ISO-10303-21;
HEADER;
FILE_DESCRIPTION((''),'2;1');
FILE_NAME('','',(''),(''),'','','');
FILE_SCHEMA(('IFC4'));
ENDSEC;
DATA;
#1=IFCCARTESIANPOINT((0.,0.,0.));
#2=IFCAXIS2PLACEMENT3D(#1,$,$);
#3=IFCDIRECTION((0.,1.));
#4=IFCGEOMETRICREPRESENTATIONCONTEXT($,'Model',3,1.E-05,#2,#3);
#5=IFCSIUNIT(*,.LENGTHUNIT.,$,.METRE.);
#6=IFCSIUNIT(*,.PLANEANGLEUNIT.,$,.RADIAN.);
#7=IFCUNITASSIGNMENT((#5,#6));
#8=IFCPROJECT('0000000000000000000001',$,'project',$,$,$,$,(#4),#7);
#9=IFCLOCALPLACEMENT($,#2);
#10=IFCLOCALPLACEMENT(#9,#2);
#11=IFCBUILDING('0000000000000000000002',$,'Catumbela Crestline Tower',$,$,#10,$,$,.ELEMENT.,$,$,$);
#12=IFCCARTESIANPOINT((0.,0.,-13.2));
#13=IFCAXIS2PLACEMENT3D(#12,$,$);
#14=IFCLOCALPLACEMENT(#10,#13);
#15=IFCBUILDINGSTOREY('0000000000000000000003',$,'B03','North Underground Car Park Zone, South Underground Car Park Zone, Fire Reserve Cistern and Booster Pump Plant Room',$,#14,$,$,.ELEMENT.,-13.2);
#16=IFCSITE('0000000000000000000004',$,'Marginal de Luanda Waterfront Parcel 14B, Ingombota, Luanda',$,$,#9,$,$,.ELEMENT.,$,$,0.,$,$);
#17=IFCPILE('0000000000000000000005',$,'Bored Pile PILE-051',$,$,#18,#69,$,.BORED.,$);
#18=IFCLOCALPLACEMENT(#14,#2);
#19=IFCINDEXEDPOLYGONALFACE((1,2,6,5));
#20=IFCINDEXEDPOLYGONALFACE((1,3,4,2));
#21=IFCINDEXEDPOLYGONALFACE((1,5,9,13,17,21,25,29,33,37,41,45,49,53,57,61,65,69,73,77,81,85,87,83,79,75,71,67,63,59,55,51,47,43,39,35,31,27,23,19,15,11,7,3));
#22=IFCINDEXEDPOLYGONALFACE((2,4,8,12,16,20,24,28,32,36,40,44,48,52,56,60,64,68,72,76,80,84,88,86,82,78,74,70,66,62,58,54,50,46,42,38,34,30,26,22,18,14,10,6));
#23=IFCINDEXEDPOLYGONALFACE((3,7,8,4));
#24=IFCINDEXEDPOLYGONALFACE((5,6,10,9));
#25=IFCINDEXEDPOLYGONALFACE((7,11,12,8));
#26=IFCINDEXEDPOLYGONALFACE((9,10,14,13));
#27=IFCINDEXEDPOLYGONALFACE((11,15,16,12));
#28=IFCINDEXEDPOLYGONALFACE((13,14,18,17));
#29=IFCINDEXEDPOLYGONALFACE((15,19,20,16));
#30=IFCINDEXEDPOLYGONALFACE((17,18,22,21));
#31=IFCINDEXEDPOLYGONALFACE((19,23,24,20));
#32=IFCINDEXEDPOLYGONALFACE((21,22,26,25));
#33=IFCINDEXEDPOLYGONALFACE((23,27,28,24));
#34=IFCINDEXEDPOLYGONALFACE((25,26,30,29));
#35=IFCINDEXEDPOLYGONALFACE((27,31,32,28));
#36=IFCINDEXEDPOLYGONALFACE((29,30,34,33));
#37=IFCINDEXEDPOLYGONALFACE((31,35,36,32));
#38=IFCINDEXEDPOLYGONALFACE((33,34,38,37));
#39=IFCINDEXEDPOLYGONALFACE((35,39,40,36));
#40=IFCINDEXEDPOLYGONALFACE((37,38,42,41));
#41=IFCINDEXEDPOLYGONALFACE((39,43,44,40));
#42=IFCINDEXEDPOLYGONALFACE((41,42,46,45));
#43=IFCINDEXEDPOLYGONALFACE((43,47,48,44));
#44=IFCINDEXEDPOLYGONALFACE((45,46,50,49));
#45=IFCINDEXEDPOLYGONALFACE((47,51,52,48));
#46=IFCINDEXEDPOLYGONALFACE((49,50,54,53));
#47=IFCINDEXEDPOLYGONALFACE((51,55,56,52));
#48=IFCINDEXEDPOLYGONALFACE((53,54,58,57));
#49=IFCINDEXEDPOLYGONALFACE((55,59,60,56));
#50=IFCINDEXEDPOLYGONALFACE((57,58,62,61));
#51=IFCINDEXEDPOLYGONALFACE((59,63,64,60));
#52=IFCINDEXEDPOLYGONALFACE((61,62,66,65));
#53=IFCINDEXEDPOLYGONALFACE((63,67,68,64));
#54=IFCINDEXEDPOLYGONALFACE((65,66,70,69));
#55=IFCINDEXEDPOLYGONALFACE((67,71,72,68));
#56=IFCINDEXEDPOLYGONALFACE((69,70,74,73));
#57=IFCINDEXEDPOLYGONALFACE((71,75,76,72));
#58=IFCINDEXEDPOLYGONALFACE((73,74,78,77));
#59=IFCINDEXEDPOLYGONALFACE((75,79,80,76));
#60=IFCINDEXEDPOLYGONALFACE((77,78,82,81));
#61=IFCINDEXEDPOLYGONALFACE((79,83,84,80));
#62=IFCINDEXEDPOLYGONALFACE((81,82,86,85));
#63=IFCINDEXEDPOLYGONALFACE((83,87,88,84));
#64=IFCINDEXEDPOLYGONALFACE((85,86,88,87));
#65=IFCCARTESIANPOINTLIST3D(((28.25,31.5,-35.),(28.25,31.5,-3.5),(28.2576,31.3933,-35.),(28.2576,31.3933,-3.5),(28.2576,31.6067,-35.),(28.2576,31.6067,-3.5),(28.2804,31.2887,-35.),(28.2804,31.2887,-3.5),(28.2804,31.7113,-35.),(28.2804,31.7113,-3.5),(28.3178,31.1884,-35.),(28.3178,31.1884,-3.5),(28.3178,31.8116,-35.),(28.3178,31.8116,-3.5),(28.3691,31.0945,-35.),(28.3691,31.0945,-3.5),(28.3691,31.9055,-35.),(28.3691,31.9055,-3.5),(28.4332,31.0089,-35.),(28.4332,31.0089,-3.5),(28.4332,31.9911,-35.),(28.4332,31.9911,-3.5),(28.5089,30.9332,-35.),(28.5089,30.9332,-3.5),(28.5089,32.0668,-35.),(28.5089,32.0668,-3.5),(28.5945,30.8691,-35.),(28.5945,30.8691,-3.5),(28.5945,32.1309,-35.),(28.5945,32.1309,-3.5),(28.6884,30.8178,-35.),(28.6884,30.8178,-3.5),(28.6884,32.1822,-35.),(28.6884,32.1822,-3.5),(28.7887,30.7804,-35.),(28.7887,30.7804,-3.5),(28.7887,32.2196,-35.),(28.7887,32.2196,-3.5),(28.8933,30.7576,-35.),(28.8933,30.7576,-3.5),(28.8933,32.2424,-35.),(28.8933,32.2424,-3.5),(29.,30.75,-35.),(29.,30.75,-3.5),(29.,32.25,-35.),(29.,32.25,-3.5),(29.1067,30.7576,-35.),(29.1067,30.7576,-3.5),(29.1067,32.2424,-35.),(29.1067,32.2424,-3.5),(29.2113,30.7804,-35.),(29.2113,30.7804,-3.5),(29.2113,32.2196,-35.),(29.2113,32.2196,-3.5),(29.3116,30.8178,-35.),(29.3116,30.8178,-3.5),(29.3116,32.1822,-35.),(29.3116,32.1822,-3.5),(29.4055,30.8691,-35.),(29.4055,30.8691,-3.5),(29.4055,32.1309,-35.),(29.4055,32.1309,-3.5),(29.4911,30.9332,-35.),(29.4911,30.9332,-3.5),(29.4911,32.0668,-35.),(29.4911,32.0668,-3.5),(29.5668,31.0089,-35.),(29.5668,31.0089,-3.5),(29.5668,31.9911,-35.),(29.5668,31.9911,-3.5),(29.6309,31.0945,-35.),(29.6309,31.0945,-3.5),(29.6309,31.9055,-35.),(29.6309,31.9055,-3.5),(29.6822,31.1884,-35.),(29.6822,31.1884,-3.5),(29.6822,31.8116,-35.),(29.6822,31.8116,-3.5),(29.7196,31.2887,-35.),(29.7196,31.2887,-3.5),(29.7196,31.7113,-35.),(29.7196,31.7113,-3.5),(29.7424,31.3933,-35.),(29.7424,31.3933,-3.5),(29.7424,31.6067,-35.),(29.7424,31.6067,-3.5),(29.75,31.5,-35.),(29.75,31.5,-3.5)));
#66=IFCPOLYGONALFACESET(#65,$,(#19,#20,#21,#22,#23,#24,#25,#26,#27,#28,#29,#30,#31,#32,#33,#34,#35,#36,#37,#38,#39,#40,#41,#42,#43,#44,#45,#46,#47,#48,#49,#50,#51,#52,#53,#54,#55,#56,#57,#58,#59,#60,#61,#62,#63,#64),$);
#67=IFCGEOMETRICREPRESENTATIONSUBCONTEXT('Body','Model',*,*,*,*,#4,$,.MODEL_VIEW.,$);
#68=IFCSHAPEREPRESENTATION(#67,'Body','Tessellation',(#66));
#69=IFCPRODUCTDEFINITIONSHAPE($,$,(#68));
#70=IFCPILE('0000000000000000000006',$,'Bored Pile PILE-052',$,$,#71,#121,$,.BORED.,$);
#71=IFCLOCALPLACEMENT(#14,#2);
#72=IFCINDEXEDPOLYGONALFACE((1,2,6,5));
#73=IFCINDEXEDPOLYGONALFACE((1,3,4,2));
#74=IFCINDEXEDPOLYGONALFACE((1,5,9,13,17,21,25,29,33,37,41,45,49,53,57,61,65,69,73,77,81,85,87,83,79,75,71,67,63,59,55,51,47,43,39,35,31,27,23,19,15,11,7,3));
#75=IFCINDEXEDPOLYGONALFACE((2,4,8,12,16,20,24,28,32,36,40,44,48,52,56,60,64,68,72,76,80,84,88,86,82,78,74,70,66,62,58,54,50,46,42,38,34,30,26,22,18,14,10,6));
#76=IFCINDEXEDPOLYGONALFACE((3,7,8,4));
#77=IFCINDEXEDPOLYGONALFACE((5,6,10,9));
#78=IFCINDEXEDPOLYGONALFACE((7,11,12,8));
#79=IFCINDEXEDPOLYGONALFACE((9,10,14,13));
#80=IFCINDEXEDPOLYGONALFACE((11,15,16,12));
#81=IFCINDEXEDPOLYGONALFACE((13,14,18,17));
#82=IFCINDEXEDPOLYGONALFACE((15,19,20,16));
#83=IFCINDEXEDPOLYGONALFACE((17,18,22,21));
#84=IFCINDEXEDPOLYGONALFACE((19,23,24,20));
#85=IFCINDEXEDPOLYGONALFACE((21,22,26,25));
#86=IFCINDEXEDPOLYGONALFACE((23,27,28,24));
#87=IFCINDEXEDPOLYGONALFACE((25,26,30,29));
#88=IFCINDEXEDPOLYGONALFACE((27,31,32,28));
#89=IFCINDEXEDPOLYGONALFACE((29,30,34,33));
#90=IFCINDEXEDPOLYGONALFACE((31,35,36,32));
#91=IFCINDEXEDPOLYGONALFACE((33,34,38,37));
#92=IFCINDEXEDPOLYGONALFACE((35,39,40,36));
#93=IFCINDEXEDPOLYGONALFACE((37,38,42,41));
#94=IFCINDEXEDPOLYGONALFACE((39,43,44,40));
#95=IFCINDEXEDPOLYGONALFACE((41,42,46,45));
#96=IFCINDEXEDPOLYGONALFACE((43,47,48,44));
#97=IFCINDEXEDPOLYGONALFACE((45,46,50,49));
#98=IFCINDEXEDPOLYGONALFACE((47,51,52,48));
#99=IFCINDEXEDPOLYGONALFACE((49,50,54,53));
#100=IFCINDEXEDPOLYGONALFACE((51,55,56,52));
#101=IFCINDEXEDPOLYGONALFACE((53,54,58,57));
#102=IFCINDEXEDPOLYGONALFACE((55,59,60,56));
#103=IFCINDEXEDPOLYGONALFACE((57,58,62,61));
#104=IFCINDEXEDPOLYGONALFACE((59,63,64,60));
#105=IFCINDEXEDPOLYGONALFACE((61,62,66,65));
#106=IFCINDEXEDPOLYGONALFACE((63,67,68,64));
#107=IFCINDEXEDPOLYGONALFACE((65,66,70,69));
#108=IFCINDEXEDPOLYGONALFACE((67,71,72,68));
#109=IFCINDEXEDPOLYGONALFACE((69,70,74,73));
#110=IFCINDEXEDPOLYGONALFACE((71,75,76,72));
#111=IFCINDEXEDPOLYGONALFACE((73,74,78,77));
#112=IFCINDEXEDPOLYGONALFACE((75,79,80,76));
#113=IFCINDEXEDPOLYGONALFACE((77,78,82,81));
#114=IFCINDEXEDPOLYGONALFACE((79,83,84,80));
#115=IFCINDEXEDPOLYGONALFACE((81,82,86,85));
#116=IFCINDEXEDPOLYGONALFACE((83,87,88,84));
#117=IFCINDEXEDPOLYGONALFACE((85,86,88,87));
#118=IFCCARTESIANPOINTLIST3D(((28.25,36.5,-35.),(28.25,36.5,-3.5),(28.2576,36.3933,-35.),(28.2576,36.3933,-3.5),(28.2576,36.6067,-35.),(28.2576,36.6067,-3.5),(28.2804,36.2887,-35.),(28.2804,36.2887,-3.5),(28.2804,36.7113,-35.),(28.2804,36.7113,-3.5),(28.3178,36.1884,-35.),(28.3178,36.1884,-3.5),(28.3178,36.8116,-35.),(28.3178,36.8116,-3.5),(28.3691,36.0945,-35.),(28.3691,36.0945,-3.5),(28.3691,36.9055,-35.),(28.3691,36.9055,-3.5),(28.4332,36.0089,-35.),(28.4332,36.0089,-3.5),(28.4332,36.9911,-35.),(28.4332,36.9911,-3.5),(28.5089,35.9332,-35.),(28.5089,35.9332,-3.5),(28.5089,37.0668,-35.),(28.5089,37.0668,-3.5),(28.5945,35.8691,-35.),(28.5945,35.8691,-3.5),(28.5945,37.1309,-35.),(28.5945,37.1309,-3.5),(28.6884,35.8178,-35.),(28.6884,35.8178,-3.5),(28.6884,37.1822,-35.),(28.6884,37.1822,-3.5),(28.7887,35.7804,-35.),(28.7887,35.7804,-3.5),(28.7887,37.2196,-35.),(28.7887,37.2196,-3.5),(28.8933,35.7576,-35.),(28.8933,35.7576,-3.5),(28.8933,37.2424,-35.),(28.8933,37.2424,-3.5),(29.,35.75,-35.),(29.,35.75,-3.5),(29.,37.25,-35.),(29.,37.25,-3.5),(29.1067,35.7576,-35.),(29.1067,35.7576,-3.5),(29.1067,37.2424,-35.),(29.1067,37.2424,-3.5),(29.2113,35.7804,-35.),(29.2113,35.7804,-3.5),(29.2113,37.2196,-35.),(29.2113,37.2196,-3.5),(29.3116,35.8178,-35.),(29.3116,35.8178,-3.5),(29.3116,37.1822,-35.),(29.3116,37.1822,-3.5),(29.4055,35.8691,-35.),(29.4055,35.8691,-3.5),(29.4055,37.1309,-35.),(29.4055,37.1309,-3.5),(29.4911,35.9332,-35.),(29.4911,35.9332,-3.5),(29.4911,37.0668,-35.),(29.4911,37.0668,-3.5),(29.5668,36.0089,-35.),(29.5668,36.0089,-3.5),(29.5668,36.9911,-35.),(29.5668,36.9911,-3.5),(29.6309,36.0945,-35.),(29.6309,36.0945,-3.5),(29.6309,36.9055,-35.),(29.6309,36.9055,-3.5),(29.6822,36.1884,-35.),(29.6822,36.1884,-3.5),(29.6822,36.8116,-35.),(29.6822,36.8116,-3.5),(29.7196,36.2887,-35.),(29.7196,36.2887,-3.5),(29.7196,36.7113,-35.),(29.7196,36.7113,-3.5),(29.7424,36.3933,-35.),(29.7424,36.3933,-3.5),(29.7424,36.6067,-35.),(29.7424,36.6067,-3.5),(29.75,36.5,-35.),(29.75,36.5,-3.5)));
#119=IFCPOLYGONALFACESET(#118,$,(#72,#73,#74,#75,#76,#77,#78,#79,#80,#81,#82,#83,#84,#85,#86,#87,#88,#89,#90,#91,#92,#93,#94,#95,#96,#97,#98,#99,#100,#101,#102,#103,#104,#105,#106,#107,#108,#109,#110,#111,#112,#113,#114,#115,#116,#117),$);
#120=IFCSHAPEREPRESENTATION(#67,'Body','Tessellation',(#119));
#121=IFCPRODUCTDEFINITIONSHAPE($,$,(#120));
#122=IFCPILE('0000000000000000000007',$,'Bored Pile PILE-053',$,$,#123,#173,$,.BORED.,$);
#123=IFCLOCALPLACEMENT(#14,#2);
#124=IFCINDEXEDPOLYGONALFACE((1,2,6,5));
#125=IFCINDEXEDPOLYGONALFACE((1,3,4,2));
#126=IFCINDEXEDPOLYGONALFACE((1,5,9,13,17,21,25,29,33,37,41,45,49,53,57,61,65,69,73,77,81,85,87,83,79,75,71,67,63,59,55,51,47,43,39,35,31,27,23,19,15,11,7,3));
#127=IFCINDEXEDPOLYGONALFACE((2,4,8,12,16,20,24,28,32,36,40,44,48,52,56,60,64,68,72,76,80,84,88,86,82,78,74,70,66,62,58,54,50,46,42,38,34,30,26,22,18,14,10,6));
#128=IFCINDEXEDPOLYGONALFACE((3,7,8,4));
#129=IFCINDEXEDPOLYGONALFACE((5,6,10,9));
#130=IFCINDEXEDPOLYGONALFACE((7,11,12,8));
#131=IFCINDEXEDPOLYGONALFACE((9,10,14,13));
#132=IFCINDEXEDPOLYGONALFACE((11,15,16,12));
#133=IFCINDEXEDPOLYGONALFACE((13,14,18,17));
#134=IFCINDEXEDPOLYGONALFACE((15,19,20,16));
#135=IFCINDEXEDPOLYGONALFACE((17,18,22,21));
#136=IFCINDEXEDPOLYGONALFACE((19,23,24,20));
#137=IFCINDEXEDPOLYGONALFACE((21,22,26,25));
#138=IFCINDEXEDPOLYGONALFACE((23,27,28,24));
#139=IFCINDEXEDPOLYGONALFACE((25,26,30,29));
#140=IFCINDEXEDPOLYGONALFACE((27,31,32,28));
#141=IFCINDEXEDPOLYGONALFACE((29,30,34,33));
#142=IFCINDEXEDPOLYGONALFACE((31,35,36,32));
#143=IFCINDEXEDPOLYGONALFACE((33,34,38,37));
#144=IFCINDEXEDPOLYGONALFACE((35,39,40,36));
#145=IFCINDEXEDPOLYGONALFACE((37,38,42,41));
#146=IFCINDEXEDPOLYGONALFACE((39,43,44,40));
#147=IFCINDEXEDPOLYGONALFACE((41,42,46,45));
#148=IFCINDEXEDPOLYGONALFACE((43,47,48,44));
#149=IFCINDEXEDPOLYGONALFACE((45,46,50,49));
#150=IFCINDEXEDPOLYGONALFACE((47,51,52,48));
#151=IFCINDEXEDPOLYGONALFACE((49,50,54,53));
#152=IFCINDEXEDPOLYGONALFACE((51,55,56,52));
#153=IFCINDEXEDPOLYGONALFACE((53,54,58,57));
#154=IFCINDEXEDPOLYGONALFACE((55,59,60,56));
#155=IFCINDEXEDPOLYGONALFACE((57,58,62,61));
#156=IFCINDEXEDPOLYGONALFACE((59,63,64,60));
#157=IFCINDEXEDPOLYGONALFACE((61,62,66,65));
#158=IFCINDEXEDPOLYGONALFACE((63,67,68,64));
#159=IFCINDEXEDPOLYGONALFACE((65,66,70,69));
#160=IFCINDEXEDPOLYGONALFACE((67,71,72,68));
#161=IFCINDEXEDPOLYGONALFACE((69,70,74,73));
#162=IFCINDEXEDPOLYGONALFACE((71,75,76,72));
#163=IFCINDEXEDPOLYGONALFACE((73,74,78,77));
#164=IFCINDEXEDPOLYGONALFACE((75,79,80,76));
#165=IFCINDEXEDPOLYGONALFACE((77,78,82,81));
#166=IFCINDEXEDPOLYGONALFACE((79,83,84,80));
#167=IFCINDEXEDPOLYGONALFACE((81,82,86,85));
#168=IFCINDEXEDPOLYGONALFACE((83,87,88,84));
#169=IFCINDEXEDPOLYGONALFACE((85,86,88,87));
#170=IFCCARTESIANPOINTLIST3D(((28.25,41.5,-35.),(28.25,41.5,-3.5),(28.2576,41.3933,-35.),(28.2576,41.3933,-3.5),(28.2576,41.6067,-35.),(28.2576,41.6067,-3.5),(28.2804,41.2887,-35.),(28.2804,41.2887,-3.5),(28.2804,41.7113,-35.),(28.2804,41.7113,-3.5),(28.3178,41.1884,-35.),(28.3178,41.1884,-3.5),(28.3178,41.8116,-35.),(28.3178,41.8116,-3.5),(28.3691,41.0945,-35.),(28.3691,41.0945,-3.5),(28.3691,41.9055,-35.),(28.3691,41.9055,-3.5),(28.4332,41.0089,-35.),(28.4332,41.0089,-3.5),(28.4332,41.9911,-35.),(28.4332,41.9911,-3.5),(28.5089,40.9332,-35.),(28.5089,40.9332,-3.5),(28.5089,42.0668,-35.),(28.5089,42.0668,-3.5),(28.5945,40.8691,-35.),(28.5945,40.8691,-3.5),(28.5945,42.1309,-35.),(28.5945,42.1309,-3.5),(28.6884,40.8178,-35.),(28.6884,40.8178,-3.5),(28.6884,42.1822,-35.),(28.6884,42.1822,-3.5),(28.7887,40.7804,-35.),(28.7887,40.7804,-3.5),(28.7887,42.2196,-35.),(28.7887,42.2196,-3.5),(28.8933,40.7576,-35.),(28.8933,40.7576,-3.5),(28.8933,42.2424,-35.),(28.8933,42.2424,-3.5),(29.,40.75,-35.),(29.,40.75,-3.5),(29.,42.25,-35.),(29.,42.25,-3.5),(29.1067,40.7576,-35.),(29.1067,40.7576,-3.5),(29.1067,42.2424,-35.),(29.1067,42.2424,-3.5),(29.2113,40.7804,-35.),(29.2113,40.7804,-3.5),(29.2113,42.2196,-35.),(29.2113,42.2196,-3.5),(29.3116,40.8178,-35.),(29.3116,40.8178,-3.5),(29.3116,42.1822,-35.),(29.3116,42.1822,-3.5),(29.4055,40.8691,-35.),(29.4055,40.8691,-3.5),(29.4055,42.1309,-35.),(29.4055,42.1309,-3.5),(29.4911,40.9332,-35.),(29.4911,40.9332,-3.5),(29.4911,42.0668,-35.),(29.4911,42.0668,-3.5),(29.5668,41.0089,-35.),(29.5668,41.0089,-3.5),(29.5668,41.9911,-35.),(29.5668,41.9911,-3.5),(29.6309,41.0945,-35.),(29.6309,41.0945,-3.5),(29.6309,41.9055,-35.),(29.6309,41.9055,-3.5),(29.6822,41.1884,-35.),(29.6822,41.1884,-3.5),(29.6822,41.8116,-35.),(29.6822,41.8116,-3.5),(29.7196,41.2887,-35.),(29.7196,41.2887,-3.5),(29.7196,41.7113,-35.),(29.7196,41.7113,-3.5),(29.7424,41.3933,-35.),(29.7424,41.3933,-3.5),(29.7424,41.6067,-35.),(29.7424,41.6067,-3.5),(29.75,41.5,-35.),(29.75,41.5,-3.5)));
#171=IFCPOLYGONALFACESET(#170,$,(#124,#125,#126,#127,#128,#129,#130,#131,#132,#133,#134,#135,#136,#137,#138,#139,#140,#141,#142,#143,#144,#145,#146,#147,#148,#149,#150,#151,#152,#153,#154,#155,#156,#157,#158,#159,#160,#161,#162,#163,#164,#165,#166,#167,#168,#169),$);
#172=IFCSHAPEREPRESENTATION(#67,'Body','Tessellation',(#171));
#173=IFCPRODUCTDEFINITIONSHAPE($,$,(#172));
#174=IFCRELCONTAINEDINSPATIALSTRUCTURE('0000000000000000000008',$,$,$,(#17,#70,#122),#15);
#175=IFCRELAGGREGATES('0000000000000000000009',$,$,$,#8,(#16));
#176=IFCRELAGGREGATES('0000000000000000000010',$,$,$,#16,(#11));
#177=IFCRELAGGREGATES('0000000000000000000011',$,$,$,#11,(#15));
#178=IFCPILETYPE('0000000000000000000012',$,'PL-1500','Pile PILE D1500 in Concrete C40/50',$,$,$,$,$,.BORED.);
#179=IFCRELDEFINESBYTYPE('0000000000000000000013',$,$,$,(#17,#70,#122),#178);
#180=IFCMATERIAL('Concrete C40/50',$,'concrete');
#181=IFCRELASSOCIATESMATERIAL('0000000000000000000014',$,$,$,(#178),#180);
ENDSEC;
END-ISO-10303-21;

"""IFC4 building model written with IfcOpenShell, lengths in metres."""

from ifc_helpers import new_model, si_unit, direction, frame, origin, origin_2d, place, context, subcontext, project, spatial, circle, extrude, material, material_profile, profile_set, type_object, element, save


model = new_model("IFC4")

# Units and contexts
model_context = context("Model", 3, precision=1e-05, world=origin(), true_north=direction((0.0, 1.0)))
body_context = subcontext(model_context, "Body", "Model", "MODEL_VIEW")
ifc_project = project(units=[si_unit("LENGTHUNIT", "METRE"), si_unit("PLANEANGLEUNIT", "RADIAN")], contexts=[model_context])

# Site, building, storey
site_placement = place(None, origin())
site = spatial("IfcSite", under=ifc_project, at=site_placement, Name="Marginal de Luanda Waterfront Parcel 14B, Ingombota, Luanda", CompositionType="ELEMENT", RefElevation=0.0)
building_placement = place(site_placement, origin())
building = spatial("IfcBuilding", under=site, at=building_placement, Name="Catumbela Crestline Tower", CompositionType="ELEMENT")
storey_placement = place(building_placement, frame((0.0, 0.0, -13.2)))
storey = spatial("IfcBuildingStorey", under=building, at=storey_placement, Name="B03", Description="North Underground Car Park Zone, South Underground Car Park Zone, Fire Reserve Cistern and Booster Pump Plant Room", CompositionType="ELEMENT", Elevation=-13.2)

# Piles
ifc_material_1 = material(Name="Concrete C40/50", Category="concrete")
ifc_material_profile_1 = material_profile(ifc_material_1, circle(Radius=0.75, at=origin_2d()), Name="PILE D1500")
ifc_profile_set_1 = profile_set([ifc_material_profile_1], Name="Concrete C40/50")
pile_type = type_object("IfcPileType", Name="PL-1500", Description="Pile PILE D1500 in Concrete C40/50", PredefinedType="BORED", material=ifc_profile_set_1)
for number, where, z_axis, x_axis, name in (
    (1, (29.0, 31.5, -3.5), (0.0, 0.0, -1.0), (1.0, 0.0, 0.0), "Bored Pile PILE-051"),
    (2, (29.0, 36.5, -3.5), (0.0, 0.0, -1.0), (1.0, 0.0, 0.0), "Bored Pile PILE-052"),
    (3, (29.0, 41.5, -3.5), (0.0, 0.0, -1.0), (1.0, 0.0, 0.0), "Bored Pile PILE-053"),
):
    element("IfcPile", number, at=place(storey_placement, frame(where, z_axis=z_axis, x_axis=x_axis)), inside=storey, type_object=pile_type, Name=name, PredefinedType="BORED", context=body_context, shape_type="SweptSolid", body=[
        extrude(circle(Radius=0.75, at=origin_2d()), origin(), (0.0, 0.0, 1.0), 31.5),
    ])

save(model, "model.ifc")
